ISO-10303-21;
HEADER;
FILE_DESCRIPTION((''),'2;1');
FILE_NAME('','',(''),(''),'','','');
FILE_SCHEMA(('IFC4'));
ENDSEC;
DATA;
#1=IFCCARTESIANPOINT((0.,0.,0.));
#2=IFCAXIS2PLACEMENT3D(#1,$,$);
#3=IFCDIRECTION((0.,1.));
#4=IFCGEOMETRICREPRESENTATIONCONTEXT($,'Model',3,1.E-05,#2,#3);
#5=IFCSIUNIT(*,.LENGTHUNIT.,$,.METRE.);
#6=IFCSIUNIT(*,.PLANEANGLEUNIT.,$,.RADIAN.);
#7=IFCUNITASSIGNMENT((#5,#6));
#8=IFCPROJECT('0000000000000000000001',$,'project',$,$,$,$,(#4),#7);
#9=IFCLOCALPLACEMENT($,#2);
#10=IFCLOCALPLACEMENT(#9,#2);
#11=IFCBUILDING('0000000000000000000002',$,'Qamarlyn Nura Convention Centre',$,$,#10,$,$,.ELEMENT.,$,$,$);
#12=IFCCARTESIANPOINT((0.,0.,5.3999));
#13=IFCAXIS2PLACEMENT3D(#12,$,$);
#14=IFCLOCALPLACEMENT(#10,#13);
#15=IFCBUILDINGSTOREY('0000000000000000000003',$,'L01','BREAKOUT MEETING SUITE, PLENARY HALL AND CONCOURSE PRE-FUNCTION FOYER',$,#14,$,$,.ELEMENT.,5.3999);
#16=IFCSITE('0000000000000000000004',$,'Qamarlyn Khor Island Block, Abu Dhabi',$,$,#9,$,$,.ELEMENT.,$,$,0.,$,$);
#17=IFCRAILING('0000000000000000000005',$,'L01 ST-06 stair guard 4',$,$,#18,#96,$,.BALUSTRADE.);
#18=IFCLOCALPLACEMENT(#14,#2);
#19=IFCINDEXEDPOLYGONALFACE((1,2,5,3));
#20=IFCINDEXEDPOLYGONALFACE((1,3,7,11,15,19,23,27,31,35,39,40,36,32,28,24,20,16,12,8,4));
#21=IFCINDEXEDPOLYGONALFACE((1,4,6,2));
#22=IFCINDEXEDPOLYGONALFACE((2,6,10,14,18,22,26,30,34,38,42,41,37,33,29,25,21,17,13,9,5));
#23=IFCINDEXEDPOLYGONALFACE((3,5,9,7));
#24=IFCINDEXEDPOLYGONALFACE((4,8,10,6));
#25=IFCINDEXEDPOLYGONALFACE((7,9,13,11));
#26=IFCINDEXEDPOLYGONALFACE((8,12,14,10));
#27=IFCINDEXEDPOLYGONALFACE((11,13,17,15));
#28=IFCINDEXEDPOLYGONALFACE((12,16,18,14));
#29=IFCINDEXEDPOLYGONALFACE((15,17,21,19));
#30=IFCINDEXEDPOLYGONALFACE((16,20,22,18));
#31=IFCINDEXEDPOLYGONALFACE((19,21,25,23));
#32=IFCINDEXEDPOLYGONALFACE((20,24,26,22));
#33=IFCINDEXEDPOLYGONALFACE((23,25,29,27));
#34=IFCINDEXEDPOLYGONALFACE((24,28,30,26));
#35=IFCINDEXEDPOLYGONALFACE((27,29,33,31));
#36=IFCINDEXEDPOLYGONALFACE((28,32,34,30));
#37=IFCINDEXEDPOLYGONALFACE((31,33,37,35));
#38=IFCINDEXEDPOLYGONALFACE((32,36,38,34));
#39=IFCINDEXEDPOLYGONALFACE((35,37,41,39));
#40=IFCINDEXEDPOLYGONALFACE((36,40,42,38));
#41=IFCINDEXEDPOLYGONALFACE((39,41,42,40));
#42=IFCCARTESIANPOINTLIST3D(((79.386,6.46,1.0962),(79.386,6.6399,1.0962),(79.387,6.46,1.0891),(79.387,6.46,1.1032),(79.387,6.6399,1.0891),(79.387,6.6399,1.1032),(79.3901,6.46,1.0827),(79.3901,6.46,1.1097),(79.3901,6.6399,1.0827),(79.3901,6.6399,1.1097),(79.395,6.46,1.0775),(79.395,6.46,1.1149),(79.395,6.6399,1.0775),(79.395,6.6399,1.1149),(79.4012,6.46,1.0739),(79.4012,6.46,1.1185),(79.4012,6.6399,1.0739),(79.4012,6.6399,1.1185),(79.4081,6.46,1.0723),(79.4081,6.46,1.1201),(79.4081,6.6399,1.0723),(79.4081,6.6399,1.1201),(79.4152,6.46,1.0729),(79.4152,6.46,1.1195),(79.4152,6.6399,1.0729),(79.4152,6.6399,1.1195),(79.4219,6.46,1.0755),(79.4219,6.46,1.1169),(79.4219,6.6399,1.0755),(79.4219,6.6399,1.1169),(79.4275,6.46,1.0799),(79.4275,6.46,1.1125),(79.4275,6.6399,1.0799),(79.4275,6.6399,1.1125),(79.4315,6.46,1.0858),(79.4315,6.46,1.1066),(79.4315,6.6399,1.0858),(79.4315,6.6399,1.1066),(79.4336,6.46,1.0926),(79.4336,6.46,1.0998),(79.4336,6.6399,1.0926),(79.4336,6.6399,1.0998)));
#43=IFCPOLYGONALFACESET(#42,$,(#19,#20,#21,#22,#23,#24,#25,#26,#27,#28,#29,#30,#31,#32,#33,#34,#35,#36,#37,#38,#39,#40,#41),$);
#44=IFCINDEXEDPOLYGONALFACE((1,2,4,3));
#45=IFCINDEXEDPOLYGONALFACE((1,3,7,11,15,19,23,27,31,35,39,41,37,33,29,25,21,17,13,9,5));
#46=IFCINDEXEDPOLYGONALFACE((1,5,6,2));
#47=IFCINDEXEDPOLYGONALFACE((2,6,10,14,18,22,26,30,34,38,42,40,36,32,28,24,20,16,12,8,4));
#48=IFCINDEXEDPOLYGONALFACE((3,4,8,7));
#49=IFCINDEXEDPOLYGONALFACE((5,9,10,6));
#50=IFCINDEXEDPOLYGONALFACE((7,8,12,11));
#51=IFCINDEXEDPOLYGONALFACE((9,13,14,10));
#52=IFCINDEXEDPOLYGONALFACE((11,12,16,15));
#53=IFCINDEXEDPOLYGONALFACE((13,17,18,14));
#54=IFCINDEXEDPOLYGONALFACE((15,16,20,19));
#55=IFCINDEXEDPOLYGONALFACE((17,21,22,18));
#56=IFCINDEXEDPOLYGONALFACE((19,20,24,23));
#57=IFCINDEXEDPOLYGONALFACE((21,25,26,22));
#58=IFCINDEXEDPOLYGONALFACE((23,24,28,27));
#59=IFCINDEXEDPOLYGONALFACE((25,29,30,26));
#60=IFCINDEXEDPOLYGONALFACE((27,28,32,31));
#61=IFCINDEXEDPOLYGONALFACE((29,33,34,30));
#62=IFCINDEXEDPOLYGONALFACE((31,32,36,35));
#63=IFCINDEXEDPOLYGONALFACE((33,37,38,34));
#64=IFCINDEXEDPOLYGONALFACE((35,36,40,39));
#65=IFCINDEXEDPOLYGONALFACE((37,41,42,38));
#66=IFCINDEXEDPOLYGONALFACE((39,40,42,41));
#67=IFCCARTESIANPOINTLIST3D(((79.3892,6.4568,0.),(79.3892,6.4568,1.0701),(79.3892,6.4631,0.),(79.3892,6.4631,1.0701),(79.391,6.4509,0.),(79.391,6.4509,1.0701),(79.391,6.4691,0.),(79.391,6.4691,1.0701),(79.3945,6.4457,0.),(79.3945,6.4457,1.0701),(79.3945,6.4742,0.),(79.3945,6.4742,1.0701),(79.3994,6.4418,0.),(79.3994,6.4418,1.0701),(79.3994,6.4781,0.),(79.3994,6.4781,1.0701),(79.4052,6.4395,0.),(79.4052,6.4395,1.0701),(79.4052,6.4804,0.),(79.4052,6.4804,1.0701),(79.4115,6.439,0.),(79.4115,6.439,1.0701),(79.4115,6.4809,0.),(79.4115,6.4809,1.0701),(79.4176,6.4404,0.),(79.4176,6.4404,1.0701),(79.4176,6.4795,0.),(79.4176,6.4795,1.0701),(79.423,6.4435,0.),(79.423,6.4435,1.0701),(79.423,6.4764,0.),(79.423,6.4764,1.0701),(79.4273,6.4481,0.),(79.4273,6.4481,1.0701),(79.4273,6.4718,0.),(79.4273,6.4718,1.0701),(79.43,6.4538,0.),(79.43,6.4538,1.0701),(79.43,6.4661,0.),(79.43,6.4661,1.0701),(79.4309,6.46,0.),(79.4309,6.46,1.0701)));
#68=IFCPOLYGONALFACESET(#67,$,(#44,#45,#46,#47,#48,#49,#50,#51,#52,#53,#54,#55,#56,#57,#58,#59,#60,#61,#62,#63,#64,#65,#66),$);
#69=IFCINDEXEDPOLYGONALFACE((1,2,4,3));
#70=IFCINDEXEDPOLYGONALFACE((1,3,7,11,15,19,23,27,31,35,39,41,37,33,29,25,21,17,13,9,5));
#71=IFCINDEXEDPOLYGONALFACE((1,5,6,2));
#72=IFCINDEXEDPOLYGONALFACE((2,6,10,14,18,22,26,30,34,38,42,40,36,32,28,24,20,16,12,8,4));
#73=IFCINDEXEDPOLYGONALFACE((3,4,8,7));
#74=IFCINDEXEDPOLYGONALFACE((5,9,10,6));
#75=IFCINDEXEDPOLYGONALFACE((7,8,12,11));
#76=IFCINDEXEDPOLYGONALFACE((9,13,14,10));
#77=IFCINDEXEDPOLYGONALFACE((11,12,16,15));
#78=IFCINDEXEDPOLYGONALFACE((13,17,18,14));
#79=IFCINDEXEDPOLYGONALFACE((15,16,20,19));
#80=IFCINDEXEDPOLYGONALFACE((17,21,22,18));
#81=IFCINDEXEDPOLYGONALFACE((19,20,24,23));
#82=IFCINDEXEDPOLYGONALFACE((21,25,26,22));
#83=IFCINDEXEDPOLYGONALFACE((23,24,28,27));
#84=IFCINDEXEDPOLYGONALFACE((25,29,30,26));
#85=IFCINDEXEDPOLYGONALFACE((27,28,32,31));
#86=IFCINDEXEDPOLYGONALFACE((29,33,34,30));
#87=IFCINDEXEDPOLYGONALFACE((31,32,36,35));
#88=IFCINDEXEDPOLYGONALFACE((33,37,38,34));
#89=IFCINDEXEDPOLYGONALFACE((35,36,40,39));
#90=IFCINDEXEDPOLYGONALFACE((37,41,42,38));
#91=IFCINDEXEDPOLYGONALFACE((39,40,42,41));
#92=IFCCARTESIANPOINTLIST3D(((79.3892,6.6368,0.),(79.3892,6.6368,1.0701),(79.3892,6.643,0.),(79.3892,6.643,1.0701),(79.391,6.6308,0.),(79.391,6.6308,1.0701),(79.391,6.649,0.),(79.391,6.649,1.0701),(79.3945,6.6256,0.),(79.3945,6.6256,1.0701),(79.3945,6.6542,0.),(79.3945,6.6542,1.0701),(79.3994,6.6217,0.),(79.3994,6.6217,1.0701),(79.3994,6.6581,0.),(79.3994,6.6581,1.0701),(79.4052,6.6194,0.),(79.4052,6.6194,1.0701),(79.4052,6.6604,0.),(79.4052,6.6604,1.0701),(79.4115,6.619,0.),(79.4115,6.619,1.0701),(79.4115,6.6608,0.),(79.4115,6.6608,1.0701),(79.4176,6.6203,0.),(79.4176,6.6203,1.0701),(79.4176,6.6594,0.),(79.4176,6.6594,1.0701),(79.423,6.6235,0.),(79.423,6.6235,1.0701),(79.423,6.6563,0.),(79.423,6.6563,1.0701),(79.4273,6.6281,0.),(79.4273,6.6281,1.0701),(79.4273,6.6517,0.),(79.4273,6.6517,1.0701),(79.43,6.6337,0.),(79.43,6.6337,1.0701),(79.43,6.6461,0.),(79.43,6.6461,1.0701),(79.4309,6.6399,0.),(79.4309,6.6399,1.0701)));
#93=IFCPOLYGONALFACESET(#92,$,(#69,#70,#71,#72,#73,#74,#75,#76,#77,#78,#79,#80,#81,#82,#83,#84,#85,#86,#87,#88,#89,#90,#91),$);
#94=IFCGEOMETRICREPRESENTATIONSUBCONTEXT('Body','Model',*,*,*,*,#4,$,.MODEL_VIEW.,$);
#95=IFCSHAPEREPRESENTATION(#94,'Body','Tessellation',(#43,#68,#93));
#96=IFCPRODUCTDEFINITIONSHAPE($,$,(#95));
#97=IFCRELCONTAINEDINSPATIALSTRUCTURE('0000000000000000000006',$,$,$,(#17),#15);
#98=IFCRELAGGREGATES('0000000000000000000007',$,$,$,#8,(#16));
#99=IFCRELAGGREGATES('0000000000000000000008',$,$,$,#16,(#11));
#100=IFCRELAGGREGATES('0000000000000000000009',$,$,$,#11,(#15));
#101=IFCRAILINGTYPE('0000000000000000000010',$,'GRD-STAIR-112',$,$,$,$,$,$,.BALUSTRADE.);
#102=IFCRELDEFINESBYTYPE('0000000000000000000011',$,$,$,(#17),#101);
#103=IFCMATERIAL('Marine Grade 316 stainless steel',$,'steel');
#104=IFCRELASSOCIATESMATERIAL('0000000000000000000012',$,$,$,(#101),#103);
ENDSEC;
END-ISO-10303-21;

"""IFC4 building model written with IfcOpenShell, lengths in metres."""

from ifc_helpers import new_model, si_unit, direction, frame, origin, origin_2d, place, context, subcontext, project, spatial, circle, extrude, material, type_object, element, save


model = new_model("IFC4")

# Units and contexts
model_context = context("Model", 3, precision=1e-05, world=origin(), true_north=direction((0.0, 1.0)))
body_context = subcontext(model_context, "Body", "Model", "MODEL_VIEW")
ifc_project = project(units=[si_unit("LENGTHUNIT", "METRE"), si_unit("PLANEANGLEUNIT", "RADIAN")], contexts=[model_context])

# Site, building, storey
site_placement = place(None, origin())
site = spatial("IfcSite", under=ifc_project, at=site_placement, Name="Qamarlyn Khor Island Block, Abu Dhabi", CompositionType="ELEMENT", RefElevation=0.0)
building_placement = place(site_placement, origin())
building = spatial("IfcBuilding", under=site, at=building_placement, Name="Qamarlyn Nura Convention Centre", CompositionType="ELEMENT")
storey_placement = place(building_placement, frame((0.0, 0.0, 5.3999)))
storey = spatial("IfcBuildingStorey", under=building, at=storey_placement, Name="L01", Description="BREAKOUT MEETING SUITE, PLENARY HALL AND CONCOURSE PRE-FUNCTION FOYER", CompositionType="ELEMENT", Elevation=5.3999)

# Railing
ifc_material_1 = material(Name="Marine Grade 316 stainless steel", Category="steel")
railing_type_1 = type_object("IfcRailingType", Name="GRD-STAIR-112", PredefinedType="BALUSTRADE", material=ifc_material_1)
railing_1_placement = place(storey_placement, frame((79.4099, 6.46, 0.0)))
element("IfcRailing", 1, at=railing_1_placement, inside=storey, type_object=railing_type_1, Name="L01 ST-06 stair guard 4", PredefinedType="BALUSTRADE", context=body_context, shape_type="SweptSolid", body=[
    extrude(circle(Radius=0.0239, at=origin_2d()), frame((0.0, 0.0, 1.0962), z_axis=(0.0, 1.0, 0.0), x_axis=(-1.0, 0.0, 0.0)), (0.0, 0.0, 1.0), 0.1799),
    extrude(circle(Radius=0.021, at=origin_2d()), origin(), (0.0, 0.0, 1.0), 1.0701),
    extrude(circle(Radius=0.021, at=origin_2d()), frame((0.0, 0.1799, 0.0)), (0.0, 0.0, 1.0), 1.0701),
])

save(model, "model.ifc")
